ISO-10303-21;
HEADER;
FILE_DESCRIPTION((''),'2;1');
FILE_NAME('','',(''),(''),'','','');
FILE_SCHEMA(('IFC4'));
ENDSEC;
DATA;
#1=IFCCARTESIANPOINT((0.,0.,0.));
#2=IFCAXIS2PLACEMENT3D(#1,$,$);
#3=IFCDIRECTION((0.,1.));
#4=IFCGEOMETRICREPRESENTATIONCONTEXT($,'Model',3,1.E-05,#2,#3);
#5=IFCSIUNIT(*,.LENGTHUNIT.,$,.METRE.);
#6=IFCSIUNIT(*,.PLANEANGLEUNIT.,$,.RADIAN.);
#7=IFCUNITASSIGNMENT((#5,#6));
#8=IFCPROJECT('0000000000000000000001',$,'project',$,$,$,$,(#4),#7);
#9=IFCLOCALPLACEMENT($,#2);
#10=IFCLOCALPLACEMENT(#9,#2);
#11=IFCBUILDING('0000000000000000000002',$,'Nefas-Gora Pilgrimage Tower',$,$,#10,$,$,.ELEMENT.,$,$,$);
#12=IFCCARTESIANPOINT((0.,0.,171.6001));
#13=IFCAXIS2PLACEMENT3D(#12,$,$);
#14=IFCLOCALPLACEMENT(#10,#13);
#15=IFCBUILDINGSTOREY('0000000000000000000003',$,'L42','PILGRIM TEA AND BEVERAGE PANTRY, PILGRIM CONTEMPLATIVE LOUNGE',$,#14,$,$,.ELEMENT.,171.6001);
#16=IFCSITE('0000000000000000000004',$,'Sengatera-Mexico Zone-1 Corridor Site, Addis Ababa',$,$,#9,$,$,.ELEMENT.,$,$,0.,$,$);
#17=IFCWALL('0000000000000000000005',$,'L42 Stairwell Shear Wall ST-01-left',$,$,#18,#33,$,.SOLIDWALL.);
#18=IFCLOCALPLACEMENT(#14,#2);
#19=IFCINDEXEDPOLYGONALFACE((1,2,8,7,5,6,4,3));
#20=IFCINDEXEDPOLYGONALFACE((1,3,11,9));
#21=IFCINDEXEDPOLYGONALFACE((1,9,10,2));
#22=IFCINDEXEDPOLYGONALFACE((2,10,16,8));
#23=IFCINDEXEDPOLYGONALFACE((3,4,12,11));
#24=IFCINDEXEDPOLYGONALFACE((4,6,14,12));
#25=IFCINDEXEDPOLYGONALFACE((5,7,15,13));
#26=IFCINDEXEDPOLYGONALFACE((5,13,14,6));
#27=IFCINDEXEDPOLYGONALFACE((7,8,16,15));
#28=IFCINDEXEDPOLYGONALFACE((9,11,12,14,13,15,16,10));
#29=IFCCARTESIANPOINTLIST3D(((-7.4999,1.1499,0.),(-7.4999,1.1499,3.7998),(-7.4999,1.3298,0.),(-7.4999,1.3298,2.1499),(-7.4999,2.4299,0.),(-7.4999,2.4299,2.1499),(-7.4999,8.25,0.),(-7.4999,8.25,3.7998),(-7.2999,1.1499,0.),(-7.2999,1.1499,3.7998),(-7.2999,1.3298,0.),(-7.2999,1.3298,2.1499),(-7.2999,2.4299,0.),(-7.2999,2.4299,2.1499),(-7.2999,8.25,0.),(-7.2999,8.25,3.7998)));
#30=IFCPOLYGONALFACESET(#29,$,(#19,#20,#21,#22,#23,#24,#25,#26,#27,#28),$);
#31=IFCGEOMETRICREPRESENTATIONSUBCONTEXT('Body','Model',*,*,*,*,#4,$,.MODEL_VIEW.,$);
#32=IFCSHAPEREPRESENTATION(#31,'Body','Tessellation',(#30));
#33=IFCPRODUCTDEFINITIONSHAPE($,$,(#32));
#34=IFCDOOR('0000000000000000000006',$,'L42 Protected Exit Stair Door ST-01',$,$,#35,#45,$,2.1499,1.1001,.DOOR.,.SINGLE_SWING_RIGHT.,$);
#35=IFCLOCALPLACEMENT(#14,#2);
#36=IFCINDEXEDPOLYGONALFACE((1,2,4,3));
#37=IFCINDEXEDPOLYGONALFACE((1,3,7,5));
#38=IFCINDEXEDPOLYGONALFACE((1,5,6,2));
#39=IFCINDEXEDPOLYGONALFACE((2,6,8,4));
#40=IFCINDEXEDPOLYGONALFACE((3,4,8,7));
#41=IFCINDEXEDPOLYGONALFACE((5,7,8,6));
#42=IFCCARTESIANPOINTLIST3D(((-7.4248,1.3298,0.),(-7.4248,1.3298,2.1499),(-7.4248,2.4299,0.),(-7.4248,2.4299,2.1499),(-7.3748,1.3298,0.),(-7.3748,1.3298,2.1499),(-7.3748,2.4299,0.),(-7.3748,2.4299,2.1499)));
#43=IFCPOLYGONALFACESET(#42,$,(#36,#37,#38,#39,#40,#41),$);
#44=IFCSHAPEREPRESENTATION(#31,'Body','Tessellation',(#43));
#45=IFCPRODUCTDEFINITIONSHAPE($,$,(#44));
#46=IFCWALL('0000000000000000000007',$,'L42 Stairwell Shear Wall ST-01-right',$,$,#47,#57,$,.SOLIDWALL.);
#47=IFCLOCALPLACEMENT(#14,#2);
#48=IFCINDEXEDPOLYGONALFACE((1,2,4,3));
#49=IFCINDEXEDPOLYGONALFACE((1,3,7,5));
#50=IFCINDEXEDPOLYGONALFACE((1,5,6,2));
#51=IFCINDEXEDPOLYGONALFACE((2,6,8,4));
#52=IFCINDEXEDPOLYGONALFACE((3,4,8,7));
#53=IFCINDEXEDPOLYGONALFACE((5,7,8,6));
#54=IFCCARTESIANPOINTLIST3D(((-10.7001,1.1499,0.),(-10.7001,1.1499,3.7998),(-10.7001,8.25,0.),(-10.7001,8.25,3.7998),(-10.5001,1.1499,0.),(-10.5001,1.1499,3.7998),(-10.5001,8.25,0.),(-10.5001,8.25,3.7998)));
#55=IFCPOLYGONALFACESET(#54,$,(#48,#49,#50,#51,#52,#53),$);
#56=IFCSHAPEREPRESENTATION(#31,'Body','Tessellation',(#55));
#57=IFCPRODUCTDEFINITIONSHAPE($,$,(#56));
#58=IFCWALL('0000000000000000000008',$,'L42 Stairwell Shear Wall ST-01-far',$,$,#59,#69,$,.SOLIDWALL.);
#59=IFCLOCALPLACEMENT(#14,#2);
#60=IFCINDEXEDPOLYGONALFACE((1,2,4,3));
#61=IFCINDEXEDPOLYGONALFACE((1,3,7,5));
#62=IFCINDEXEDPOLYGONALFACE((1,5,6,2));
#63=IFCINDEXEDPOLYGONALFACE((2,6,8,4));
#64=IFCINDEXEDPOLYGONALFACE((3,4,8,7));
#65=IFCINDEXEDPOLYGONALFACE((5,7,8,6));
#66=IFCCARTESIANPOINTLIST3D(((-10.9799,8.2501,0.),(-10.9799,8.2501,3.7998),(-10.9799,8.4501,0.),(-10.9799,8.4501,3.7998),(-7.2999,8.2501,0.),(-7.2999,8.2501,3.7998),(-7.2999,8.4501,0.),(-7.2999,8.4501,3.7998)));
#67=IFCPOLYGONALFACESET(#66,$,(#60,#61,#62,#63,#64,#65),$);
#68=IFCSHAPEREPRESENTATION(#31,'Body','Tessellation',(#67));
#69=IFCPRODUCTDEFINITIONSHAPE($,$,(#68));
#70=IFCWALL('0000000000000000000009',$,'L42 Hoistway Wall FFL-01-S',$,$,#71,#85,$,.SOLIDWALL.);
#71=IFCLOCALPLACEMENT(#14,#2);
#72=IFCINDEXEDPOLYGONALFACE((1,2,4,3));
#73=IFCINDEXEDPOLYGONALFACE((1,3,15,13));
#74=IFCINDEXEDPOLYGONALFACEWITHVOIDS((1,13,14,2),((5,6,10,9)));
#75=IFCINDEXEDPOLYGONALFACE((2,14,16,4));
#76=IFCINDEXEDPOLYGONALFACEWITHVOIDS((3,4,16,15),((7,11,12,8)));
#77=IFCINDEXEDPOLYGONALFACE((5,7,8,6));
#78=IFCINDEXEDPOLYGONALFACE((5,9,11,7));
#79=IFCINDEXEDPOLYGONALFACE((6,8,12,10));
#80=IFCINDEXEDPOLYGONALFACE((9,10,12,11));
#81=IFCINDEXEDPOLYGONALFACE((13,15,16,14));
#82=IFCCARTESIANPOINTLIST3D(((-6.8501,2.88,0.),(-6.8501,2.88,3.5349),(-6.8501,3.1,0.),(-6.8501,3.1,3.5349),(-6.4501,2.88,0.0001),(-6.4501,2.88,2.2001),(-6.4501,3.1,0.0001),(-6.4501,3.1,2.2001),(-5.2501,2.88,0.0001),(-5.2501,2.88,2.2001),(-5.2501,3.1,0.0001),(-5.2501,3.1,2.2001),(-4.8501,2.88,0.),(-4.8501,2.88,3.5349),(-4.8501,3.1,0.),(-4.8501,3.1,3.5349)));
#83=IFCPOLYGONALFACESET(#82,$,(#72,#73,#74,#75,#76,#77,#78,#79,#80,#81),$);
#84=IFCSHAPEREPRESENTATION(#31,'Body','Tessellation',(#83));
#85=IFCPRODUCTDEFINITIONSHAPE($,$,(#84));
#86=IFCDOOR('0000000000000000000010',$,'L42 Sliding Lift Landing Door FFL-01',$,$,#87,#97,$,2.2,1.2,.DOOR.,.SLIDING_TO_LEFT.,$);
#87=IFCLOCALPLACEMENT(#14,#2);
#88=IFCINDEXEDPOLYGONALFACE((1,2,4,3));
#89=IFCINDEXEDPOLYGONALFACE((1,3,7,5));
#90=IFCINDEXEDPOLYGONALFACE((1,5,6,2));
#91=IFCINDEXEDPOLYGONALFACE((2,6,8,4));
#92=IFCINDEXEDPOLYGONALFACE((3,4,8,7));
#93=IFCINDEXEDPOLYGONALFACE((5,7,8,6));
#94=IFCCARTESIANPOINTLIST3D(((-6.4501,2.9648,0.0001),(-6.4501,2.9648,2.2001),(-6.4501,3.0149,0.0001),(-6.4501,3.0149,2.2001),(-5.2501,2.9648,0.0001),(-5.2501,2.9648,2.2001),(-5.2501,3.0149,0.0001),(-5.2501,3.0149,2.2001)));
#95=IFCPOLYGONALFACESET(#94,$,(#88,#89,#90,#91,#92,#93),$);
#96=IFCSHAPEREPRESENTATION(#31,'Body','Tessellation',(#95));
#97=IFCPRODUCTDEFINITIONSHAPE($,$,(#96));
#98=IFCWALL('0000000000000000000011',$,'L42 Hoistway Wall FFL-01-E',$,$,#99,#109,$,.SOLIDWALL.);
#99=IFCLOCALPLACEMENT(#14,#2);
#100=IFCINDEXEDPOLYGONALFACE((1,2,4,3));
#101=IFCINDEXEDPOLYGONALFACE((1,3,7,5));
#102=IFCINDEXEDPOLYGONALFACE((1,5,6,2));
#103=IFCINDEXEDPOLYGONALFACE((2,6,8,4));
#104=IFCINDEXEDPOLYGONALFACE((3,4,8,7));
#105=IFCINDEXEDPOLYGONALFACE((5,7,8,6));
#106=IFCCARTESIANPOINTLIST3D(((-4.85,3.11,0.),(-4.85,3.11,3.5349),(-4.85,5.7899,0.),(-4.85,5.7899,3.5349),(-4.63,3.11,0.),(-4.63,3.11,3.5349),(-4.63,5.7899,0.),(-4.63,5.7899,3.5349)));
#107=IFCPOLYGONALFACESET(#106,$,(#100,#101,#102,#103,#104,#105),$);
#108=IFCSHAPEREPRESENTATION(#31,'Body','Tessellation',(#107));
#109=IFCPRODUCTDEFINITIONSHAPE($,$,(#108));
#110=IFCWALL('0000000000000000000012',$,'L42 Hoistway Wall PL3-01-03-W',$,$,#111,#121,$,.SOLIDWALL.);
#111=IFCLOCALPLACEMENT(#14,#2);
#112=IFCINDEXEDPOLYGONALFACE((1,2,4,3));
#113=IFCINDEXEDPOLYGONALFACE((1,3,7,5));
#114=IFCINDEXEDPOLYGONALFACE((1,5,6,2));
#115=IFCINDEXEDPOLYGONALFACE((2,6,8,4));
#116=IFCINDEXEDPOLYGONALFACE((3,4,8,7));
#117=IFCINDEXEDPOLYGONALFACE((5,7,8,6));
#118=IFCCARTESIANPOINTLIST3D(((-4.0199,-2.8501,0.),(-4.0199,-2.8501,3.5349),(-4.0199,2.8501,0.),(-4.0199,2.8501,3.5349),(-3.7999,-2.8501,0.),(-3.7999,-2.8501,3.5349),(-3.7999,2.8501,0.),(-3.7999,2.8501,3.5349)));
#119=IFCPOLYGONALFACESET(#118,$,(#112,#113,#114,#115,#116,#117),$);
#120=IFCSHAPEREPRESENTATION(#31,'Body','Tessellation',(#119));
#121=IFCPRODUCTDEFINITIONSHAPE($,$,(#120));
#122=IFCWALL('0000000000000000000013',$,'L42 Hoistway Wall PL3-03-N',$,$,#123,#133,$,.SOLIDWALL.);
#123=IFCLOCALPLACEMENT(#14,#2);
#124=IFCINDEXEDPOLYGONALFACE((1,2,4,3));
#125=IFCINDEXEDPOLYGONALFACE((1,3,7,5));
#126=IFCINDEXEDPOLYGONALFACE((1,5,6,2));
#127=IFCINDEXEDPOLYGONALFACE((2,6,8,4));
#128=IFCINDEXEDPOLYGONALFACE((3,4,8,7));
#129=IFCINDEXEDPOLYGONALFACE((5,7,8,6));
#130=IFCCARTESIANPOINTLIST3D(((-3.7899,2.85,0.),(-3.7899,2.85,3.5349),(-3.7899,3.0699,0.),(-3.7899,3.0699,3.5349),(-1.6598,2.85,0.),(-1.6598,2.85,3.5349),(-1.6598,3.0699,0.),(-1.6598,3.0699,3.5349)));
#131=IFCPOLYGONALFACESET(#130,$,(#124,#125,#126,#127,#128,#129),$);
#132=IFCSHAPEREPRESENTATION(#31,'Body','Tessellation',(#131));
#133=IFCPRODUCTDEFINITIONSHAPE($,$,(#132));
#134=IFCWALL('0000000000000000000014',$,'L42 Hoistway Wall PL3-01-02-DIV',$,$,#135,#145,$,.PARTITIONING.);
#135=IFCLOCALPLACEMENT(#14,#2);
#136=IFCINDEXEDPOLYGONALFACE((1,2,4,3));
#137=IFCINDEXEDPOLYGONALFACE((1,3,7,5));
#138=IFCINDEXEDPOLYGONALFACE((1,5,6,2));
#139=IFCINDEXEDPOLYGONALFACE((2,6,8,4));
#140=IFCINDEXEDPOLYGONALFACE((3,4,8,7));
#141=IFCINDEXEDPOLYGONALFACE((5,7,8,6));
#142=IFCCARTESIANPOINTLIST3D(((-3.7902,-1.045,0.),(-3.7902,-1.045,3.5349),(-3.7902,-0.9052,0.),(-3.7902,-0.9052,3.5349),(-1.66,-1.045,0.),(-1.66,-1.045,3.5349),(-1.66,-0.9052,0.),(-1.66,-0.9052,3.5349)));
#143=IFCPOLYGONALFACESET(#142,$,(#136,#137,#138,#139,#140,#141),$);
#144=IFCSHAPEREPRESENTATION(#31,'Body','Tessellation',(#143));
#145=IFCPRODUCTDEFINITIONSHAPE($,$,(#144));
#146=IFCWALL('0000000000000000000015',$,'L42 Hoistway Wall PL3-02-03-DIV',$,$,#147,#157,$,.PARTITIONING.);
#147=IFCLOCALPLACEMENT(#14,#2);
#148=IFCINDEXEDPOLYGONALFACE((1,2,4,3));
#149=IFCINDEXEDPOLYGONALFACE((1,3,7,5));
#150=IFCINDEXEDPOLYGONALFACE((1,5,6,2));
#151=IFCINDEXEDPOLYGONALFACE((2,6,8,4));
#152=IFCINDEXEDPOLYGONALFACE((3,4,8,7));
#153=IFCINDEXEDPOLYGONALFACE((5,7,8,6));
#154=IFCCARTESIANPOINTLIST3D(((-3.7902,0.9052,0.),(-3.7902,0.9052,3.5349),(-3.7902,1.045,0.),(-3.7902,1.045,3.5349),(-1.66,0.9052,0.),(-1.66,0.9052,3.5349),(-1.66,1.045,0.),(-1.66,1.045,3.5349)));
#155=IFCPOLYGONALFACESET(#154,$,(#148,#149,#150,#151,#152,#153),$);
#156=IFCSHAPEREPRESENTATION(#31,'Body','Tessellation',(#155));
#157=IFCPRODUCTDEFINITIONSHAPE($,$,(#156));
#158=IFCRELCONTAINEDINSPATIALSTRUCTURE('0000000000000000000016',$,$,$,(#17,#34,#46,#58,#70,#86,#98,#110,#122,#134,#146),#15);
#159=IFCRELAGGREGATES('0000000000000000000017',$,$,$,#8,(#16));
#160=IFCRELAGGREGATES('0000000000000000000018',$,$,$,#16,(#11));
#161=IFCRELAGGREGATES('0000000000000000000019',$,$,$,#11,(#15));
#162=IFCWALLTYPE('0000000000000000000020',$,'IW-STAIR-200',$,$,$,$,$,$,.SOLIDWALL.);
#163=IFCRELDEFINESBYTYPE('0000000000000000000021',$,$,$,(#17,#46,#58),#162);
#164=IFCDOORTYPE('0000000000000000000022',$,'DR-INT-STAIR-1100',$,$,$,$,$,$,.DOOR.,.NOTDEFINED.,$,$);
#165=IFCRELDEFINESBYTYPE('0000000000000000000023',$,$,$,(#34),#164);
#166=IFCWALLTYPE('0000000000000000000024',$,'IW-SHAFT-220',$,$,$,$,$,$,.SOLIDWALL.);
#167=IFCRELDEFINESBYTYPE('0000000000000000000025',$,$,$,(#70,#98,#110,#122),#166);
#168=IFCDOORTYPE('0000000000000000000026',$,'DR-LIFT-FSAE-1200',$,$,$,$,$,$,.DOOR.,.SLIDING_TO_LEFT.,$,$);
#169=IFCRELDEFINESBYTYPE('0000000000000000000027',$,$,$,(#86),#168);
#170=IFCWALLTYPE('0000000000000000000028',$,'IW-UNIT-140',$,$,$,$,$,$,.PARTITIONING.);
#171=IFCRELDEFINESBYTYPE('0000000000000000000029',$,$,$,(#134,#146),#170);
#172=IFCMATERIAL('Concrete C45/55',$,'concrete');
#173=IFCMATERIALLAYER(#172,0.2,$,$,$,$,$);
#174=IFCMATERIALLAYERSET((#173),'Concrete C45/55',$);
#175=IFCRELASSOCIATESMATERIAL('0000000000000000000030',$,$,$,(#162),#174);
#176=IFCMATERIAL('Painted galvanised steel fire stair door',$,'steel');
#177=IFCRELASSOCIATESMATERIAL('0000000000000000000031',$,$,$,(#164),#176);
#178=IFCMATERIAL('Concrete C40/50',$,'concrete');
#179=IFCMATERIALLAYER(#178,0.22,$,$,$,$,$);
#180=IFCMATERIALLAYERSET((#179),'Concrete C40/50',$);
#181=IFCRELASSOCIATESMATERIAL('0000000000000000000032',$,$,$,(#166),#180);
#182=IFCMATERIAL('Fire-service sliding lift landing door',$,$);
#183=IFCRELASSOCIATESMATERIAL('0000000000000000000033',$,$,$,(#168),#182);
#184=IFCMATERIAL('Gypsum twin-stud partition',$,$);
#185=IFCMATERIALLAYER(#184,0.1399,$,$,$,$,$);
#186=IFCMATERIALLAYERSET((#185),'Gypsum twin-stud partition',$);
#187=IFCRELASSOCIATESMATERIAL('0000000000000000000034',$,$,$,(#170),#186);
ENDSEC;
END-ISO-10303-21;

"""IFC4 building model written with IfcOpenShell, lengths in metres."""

from ifc_helpers import new_model, si_unit, direction, frame, frame_2d, origin, place, context, subcontext, project, spatial, rectangle, extrude, source, transform, mapped, material, layer, layer_set, type_object, element, fill, save


model = new_model("IFC4")

# Units and contexts
model_context = context("Model", 3, precision=1e-05, world=origin(), true_north=direction((0.0, 1.0)))
body_context = subcontext(model_context, "Body", "Model", "MODEL_VIEW")
ifc_project = project(units=[si_unit("LENGTHUNIT", "METRE"), si_unit("PLANEANGLEUNIT", "RADIAN")], contexts=[model_context])

# Site, building, storey
site_placement = place(None, origin())
site = spatial("IfcSite", under=ifc_project, at=site_placement, Name="Sengatera-Mexico Zone-1 Corridor Site, Addis Ababa", CompositionType="ELEMENT", RefElevation=0.0)
building_placement = place(site_placement, origin())
building = spatial("IfcBuilding", under=site, at=building_placement, Name="Nefas-Gora Pilgrimage Tower", CompositionType="ELEMENT")
storey_placement = place(building_placement, frame((0.0, 0.0, 171.6001)))
storey = spatial("IfcBuildingStorey", under=building, at=storey_placement, Name="L42", Description="PILGRIM TEA AND BEVERAGE PANTRY, PILGRIM CONTEMPLATIVE LOUNGE", CompositionType="ELEMENT", Elevation=171.6001)

# Shared definitions
ifc_material_1 = material(Name="Concrete C45/55", Category="concrete")
ifc_layer_1 = layer(ifc_material_1, 0.2)
ifc_layer_set_1 = layer_set([ifc_layer_1], Name="Concrete C45/55")
wall_type_1 = type_object("IfcWallType", Name="IW-STAIR-200", PredefinedType="SOLIDWALL", material=ifc_layer_set_1)

# Wall, opening, door
shared_shape_1 = source(origin(), body_context, "Body", "SweptSolid", [
    extrude(rectangle(XDim=7.1001, YDim=0.2, at=frame_2d((3.55, 0.0))), origin(), (0.0, 0.0, 1.0), 3.7998),
])
wall_1_placement = place(storey_placement, frame((-7.3999, 1.1499, 0.0), z_axis=(0.0, 0.0, 1.0), x_axis=(0.0, 1.0, 0.0)))
wall_1 = element("IfcWall", 1, at=wall_1_placement, inside=storey, type_object=wall_type_1, Name="L42 Stairwell Shear Wall ST-01-left", PredefinedType="SOLIDWALL", context=body_context, shape_type="MappedRepresentation", body=[
    mapped(shared_shape_1, transform((0.0, 0.0, 0.0), x_axis=(1.0, 0.0, 0.0), y_axis=(0.0, 1.0, 0.0), z_axis=(0.0, 0.0, 1.0), scale=1.0)),
])
opening_1_placement = place(wall_1_placement, frame((0.1799, 0.0, 0.0)))
opening_1 = element("IfcOpeningElement", 2, at=opening_1_placement, cuts=wall_1, PredefinedType="OPENING", context=body_context, shape_type="SweptSolid", body=[
    extrude(rectangle(XDim=1.1001, YDim=2.1499, at=frame_2d((0.55, 1.075))), frame((0.0, 0.1099, 0.0), z_axis=(0.0, -1.0, 0.0), x_axis=(1.0, 0.0, 0.0)), (0.0, 0.0, 1.0), 0.22),
])
ifc_material_2 = material(Name="Painted galvanised steel fire stair door", Category="steel")
door_type_1 = type_object("IfcDoorType", Name="DR-INT-STAIR-1100", OperationType="NOTDEFINED", PredefinedType="DOOR", material=ifc_material_2)
shared_shape_2 = source(origin(), body_context, "Body", "SweptSolid", [
    extrude(rectangle(XDim=1.1001, YDim=2.1499, at=frame_2d((0.55, 1.075))), frame((0.0, 0.0249, 0.0), z_axis=(0.0, -1.0, 0.0), x_axis=(1.0, 0.0, 0.0)), (0.0, 0.0, 1.0), 0.05),
])
door_1_placement = place(opening_1_placement, origin())
door_1 = element("IfcDoor", 3, at=door_1_placement, inside=storey, type_object=door_type_1, Name="L42 Protected Exit Stair Door ST-01", OperationType="SINGLE_SWING_RIGHT", OverallHeight=2.1499, OverallWidth=1.1001, PredefinedType="DOOR", context=body_context, shape_type="MappedRepresentation", body=[
    mapped(shared_shape_2, transform((0.0, 0.0, 0.0), x_axis=(1.0, 0.0, 0.0), y_axis=(0.0, 1.0, 0.0), z_axis=(0.0, 0.0, 1.0), scale=1.0)),
])
fill(opening_1, door_1)

# Walls
wall_2_placement = place(storey_placement, frame((-10.6001, 1.1499, 0.0), z_axis=(0.0, 0.0, 1.0), x_axis=(0.0, 1.0, 0.0)))
element("IfcWall", 4, at=wall_2_placement, inside=storey, type_object=wall_type_1, Name="L42 Stairwell Shear Wall ST-01-right", PredefinedType="SOLIDWALL", context=body_context, shape_type="MappedRepresentation", body=[
    mapped(shared_shape_1, transform((0.0, 0.0, 0.0), x_axis=(1.0, 0.0, 0.0), y_axis=(0.0, 1.0, 0.0), z_axis=(0.0, 0.0, 1.0), scale=1.0)),
])
shared_shape_3 = source(origin(), body_context, "Body", "SweptSolid", [
    extrude(rectangle(XDim=3.6799, YDim=0.2, at=frame_2d((1.8398, 0.0))), origin(), (0.0, 0.0, 1.0), 3.7998),
])
wall_3_placement = place(storey_placement, frame((-7.3, 8.3501, 0.0), z_axis=(0.0, 0.0, 1.0), x_axis=(-1.0, 0.0, 0.0)))
element("IfcWall", 5, at=wall_3_placement, inside=storey, type_object=wall_type_1, Name="L42 Stairwell Shear Wall ST-01-far", PredefinedType="SOLIDWALL", context=body_context, shape_type="MappedRepresentation", body=[
    mapped(shared_shape_3, transform((0.0, 0.0, 0.0), x_axis=(1.0, 0.0, 0.0), y_axis=(0.0, 1.0, 0.0), z_axis=(0.0, 0.0, 1.0), scale=1.0)),
])

# Wall, opening, door
ifc_material_3 = material(Name="Concrete C40/50", Category="concrete")
ifc_layer_2 = layer(ifc_material_3, 0.22)
ifc_layer_set_2 = layer_set([ifc_layer_2], Name="Concrete C40/50")
wall_type_2 = type_object("IfcWallType", Name="IW-SHAFT-220", PredefinedType="SOLIDWALL", material=ifc_layer_set_2)
shared_shape_4 = source(origin(), body_context, "Body", "SweptSolid", [
    extrude(rectangle(XDim=2.0, YDim=0.22, at=frame_2d((1.0, 0.0))), origin(), (0.0, 0.0, 1.0), 3.5349),
])
wall_4_placement = place(storey_placement, frame((-6.8501, 2.99, 0.0), z_axis=(0.0, 0.0, 1.0), x_axis=(1.0, 0.0, 0.0)))
wall_4 = element("IfcWall", 6, at=wall_4_placement, inside=storey, type_object=wall_type_2, Name="L42 Hoistway Wall FFL-01-S", PredefinedType="SOLIDWALL", context=body_context, shape_type="MappedRepresentation", body=[
    mapped(shared_shape_4, transform((0.0, 0.0, 0.0), x_axis=(1.0, 0.0, 0.0), y_axis=(0.0, 1.0, 0.0), z_axis=(0.0, 0.0, 1.0), scale=1.0)),
])
opening_2_placement = place(wall_4_placement, frame((0.3999, 0.0, 0.0)))
opening_2 = element("IfcOpeningElement", 7, at=opening_2_placement, cuts=wall_4, PredefinedType="OPENING", context=body_context, shape_type="SweptSolid", body=[
    extrude(rectangle(XDim=1.2, YDim=2.2, at=frame_2d((0.6001, 1.1001))), frame((0.0, 0.1199, 0.0), z_axis=(0.0, -1.0, 0.0), x_axis=(1.0, 0.0, 0.0)), (0.0, 0.0, 1.0), 0.24),
])
ifc_material_4 = material(Name="Fire-service sliding lift landing door")
door_type_2 = type_object("IfcDoorType", Name="DR-LIFT-FSAE-1200", OperationType="SLIDING_TO_LEFT", PredefinedType="DOOR", material=ifc_material_4)
shared_shape_5 = source(origin(), body_context, "Body", "SweptSolid", [
    extrude(rectangle(XDim=1.2, YDim=2.2, at=frame_2d((0.6001, 1.1001))), frame((0.0, 0.0249, 0.0), z_axis=(0.0, -1.0, 0.0), x_axis=(1.0, 0.0, 0.0)), (0.0, 0.0, 1.0), 0.05),
])
door_2_placement = place(opening_2_placement, origin())
door_2 = element("IfcDoor", 8, at=door_2_placement, inside=storey, type_object=door_type_2, Name="L42 Sliding Lift Landing Door FFL-01", OperationType="SLIDING_TO_LEFT", OverallHeight=2.2, OverallWidth=1.2, PredefinedType="DOOR", context=body_context, shape_type="MappedRepresentation", body=[
    mapped(shared_shape_5, transform((0.0, 0.0, 0.0), x_axis=(1.0, 0.0, 0.0), y_axis=(0.0, 1.0, 0.0), z_axis=(0.0, 0.0, 1.0), scale=1.0)),
])
fill(opening_2, door_2)

# Walls
shared_shape_6 = source(origin(), body_context, "Body", "SweptSolid", [
    extrude(rectangle(XDim=2.6799, YDim=0.22, at=frame_2d((1.3398, 0.0))), origin(), (0.0, 0.0, 1.0), 3.5349),
])
wall_5_placement = place(storey_placement, frame((-4.74, 3.1101, 0.0), z_axis=(0.0, 0.0, 1.0), x_axis=(0.0, 1.0, 0.0)))
element("IfcWall", 9, at=wall_5_placement, inside=storey, type_object=wall_type_2, Name="L42 Hoistway Wall FFL-01-E", PredefinedType="SOLIDWALL", context=body_context, shape_type="MappedRepresentation", body=[
    mapped(shared_shape_6, transform((0.0, 0.0, 0.0), x_axis=(1.0, 0.0, 0.0), y_axis=(0.0, 1.0, 0.0), z_axis=(0.0, 0.0, 1.0), scale=1.0)),
])
shared_shape_7 = source(origin(), body_context, "Body", "SweptSolid", [
    extrude(rectangle(XDim=5.7002, YDim=0.22, at=frame_2d((2.8501, 0.0))), origin(), (0.0, 0.0, 1.0), 3.5349),
])
wall_6_placement = place(storey_placement, frame((-3.9099, 2.8501, 0.0), z_axis=(0.0, 0.0, 1.0), x_axis=(0.0, -1.0, 0.0)))
element("IfcWall", 10, at=wall_6_placement, inside=storey, type_object=wall_type_2, Name="L42 Hoistway Wall PL3-01-03-W", PredefinedType="SOLIDWALL", context=body_context, shape_type="MappedRepresentation", body=[
    mapped(shared_shape_7, transform((0.0, 0.0, 0.0), x_axis=(1.0, 0.0, 0.0), y_axis=(0.0, 1.0, 0.0), z_axis=(0.0, 0.0, 1.0), scale=1.0)),
])
shared_shape_8 = source(origin(), body_context, "Body", "SweptSolid", [
    extrude(rectangle(XDim=2.1301, YDim=0.22, at=frame_2d((1.0649, 0.0))), origin(), (0.0, 0.0, 1.0), 3.5349),
])
wall_7_placement = place(storey_placement, frame((-1.6599, 2.96, 0.0), z_axis=(0.0, 0.0, 1.0), x_axis=(-1.0, 0.0, 0.0)))
element("IfcWall", 11, at=wall_7_placement, inside=storey, type_object=wall_type_2, Name="L42 Hoistway Wall PL3-03-N", PredefinedType="SOLIDWALL", context=body_context, shape_type="MappedRepresentation", body=[
    mapped(shared_shape_8, transform((0.0, 0.0, 0.0), x_axis=(1.0, 0.0, 0.0), y_axis=(0.0, 1.0, 0.0), z_axis=(0.0, 0.0, 1.0), scale=1.0)),
])
ifc_material_5 = material(Name="Gypsum twin-stud partition")
ifc_layer_3 = layer(ifc_material_5, 0.1399)
ifc_layer_set_3 = layer_set([ifc_layer_3], Name="Gypsum twin-stud partition")
wall_type_3 = type_object("IfcWallType", Name="IW-UNIT-140", PredefinedType="PARTITIONING", material=ifc_layer_set_3)
shared_shape_9 = source(origin(), body_context, "Body", "SweptSolid", [
    extrude(rectangle(XDim=2.1301, YDim=0.1399, at=frame_2d((1.0649, 0.0))), origin(), (0.0, 0.0, 1.0), 3.5349),
])
for number, where, z_axis, x_axis, name in (
    (12, (-3.79, -0.9751, 0.0), (0.0, 0.0, 1.0), (1.0, 0.0, 0.0), "L42 Hoistway Wall PL3-01-02-DIV"),
    (13, (-3.79, 0.9751, 0.0), (0.0, 0.0, 1.0), (1.0, 0.0, 0.0), "L42 Hoistway Wall PL3-02-03-DIV"),
):
    element("IfcWall", number, at=place(storey_placement, frame(where, z_axis=z_axis, x_axis=x_axis)), inside=storey, type_object=wall_type_3, Name=name, PredefinedType="PARTITIONING", context=body_context, shape_type="MappedRepresentation", body=[
        mapped(shared_shape_9, transform((0.0, 0.0, 0.0), x_axis=(1.0, 0.0, 0.0), y_axis=(0.0, 1.0, 0.0), z_axis=(0.0, 0.0, 1.0), scale=1.0)),
    ])

save(model, "model.ifc")
